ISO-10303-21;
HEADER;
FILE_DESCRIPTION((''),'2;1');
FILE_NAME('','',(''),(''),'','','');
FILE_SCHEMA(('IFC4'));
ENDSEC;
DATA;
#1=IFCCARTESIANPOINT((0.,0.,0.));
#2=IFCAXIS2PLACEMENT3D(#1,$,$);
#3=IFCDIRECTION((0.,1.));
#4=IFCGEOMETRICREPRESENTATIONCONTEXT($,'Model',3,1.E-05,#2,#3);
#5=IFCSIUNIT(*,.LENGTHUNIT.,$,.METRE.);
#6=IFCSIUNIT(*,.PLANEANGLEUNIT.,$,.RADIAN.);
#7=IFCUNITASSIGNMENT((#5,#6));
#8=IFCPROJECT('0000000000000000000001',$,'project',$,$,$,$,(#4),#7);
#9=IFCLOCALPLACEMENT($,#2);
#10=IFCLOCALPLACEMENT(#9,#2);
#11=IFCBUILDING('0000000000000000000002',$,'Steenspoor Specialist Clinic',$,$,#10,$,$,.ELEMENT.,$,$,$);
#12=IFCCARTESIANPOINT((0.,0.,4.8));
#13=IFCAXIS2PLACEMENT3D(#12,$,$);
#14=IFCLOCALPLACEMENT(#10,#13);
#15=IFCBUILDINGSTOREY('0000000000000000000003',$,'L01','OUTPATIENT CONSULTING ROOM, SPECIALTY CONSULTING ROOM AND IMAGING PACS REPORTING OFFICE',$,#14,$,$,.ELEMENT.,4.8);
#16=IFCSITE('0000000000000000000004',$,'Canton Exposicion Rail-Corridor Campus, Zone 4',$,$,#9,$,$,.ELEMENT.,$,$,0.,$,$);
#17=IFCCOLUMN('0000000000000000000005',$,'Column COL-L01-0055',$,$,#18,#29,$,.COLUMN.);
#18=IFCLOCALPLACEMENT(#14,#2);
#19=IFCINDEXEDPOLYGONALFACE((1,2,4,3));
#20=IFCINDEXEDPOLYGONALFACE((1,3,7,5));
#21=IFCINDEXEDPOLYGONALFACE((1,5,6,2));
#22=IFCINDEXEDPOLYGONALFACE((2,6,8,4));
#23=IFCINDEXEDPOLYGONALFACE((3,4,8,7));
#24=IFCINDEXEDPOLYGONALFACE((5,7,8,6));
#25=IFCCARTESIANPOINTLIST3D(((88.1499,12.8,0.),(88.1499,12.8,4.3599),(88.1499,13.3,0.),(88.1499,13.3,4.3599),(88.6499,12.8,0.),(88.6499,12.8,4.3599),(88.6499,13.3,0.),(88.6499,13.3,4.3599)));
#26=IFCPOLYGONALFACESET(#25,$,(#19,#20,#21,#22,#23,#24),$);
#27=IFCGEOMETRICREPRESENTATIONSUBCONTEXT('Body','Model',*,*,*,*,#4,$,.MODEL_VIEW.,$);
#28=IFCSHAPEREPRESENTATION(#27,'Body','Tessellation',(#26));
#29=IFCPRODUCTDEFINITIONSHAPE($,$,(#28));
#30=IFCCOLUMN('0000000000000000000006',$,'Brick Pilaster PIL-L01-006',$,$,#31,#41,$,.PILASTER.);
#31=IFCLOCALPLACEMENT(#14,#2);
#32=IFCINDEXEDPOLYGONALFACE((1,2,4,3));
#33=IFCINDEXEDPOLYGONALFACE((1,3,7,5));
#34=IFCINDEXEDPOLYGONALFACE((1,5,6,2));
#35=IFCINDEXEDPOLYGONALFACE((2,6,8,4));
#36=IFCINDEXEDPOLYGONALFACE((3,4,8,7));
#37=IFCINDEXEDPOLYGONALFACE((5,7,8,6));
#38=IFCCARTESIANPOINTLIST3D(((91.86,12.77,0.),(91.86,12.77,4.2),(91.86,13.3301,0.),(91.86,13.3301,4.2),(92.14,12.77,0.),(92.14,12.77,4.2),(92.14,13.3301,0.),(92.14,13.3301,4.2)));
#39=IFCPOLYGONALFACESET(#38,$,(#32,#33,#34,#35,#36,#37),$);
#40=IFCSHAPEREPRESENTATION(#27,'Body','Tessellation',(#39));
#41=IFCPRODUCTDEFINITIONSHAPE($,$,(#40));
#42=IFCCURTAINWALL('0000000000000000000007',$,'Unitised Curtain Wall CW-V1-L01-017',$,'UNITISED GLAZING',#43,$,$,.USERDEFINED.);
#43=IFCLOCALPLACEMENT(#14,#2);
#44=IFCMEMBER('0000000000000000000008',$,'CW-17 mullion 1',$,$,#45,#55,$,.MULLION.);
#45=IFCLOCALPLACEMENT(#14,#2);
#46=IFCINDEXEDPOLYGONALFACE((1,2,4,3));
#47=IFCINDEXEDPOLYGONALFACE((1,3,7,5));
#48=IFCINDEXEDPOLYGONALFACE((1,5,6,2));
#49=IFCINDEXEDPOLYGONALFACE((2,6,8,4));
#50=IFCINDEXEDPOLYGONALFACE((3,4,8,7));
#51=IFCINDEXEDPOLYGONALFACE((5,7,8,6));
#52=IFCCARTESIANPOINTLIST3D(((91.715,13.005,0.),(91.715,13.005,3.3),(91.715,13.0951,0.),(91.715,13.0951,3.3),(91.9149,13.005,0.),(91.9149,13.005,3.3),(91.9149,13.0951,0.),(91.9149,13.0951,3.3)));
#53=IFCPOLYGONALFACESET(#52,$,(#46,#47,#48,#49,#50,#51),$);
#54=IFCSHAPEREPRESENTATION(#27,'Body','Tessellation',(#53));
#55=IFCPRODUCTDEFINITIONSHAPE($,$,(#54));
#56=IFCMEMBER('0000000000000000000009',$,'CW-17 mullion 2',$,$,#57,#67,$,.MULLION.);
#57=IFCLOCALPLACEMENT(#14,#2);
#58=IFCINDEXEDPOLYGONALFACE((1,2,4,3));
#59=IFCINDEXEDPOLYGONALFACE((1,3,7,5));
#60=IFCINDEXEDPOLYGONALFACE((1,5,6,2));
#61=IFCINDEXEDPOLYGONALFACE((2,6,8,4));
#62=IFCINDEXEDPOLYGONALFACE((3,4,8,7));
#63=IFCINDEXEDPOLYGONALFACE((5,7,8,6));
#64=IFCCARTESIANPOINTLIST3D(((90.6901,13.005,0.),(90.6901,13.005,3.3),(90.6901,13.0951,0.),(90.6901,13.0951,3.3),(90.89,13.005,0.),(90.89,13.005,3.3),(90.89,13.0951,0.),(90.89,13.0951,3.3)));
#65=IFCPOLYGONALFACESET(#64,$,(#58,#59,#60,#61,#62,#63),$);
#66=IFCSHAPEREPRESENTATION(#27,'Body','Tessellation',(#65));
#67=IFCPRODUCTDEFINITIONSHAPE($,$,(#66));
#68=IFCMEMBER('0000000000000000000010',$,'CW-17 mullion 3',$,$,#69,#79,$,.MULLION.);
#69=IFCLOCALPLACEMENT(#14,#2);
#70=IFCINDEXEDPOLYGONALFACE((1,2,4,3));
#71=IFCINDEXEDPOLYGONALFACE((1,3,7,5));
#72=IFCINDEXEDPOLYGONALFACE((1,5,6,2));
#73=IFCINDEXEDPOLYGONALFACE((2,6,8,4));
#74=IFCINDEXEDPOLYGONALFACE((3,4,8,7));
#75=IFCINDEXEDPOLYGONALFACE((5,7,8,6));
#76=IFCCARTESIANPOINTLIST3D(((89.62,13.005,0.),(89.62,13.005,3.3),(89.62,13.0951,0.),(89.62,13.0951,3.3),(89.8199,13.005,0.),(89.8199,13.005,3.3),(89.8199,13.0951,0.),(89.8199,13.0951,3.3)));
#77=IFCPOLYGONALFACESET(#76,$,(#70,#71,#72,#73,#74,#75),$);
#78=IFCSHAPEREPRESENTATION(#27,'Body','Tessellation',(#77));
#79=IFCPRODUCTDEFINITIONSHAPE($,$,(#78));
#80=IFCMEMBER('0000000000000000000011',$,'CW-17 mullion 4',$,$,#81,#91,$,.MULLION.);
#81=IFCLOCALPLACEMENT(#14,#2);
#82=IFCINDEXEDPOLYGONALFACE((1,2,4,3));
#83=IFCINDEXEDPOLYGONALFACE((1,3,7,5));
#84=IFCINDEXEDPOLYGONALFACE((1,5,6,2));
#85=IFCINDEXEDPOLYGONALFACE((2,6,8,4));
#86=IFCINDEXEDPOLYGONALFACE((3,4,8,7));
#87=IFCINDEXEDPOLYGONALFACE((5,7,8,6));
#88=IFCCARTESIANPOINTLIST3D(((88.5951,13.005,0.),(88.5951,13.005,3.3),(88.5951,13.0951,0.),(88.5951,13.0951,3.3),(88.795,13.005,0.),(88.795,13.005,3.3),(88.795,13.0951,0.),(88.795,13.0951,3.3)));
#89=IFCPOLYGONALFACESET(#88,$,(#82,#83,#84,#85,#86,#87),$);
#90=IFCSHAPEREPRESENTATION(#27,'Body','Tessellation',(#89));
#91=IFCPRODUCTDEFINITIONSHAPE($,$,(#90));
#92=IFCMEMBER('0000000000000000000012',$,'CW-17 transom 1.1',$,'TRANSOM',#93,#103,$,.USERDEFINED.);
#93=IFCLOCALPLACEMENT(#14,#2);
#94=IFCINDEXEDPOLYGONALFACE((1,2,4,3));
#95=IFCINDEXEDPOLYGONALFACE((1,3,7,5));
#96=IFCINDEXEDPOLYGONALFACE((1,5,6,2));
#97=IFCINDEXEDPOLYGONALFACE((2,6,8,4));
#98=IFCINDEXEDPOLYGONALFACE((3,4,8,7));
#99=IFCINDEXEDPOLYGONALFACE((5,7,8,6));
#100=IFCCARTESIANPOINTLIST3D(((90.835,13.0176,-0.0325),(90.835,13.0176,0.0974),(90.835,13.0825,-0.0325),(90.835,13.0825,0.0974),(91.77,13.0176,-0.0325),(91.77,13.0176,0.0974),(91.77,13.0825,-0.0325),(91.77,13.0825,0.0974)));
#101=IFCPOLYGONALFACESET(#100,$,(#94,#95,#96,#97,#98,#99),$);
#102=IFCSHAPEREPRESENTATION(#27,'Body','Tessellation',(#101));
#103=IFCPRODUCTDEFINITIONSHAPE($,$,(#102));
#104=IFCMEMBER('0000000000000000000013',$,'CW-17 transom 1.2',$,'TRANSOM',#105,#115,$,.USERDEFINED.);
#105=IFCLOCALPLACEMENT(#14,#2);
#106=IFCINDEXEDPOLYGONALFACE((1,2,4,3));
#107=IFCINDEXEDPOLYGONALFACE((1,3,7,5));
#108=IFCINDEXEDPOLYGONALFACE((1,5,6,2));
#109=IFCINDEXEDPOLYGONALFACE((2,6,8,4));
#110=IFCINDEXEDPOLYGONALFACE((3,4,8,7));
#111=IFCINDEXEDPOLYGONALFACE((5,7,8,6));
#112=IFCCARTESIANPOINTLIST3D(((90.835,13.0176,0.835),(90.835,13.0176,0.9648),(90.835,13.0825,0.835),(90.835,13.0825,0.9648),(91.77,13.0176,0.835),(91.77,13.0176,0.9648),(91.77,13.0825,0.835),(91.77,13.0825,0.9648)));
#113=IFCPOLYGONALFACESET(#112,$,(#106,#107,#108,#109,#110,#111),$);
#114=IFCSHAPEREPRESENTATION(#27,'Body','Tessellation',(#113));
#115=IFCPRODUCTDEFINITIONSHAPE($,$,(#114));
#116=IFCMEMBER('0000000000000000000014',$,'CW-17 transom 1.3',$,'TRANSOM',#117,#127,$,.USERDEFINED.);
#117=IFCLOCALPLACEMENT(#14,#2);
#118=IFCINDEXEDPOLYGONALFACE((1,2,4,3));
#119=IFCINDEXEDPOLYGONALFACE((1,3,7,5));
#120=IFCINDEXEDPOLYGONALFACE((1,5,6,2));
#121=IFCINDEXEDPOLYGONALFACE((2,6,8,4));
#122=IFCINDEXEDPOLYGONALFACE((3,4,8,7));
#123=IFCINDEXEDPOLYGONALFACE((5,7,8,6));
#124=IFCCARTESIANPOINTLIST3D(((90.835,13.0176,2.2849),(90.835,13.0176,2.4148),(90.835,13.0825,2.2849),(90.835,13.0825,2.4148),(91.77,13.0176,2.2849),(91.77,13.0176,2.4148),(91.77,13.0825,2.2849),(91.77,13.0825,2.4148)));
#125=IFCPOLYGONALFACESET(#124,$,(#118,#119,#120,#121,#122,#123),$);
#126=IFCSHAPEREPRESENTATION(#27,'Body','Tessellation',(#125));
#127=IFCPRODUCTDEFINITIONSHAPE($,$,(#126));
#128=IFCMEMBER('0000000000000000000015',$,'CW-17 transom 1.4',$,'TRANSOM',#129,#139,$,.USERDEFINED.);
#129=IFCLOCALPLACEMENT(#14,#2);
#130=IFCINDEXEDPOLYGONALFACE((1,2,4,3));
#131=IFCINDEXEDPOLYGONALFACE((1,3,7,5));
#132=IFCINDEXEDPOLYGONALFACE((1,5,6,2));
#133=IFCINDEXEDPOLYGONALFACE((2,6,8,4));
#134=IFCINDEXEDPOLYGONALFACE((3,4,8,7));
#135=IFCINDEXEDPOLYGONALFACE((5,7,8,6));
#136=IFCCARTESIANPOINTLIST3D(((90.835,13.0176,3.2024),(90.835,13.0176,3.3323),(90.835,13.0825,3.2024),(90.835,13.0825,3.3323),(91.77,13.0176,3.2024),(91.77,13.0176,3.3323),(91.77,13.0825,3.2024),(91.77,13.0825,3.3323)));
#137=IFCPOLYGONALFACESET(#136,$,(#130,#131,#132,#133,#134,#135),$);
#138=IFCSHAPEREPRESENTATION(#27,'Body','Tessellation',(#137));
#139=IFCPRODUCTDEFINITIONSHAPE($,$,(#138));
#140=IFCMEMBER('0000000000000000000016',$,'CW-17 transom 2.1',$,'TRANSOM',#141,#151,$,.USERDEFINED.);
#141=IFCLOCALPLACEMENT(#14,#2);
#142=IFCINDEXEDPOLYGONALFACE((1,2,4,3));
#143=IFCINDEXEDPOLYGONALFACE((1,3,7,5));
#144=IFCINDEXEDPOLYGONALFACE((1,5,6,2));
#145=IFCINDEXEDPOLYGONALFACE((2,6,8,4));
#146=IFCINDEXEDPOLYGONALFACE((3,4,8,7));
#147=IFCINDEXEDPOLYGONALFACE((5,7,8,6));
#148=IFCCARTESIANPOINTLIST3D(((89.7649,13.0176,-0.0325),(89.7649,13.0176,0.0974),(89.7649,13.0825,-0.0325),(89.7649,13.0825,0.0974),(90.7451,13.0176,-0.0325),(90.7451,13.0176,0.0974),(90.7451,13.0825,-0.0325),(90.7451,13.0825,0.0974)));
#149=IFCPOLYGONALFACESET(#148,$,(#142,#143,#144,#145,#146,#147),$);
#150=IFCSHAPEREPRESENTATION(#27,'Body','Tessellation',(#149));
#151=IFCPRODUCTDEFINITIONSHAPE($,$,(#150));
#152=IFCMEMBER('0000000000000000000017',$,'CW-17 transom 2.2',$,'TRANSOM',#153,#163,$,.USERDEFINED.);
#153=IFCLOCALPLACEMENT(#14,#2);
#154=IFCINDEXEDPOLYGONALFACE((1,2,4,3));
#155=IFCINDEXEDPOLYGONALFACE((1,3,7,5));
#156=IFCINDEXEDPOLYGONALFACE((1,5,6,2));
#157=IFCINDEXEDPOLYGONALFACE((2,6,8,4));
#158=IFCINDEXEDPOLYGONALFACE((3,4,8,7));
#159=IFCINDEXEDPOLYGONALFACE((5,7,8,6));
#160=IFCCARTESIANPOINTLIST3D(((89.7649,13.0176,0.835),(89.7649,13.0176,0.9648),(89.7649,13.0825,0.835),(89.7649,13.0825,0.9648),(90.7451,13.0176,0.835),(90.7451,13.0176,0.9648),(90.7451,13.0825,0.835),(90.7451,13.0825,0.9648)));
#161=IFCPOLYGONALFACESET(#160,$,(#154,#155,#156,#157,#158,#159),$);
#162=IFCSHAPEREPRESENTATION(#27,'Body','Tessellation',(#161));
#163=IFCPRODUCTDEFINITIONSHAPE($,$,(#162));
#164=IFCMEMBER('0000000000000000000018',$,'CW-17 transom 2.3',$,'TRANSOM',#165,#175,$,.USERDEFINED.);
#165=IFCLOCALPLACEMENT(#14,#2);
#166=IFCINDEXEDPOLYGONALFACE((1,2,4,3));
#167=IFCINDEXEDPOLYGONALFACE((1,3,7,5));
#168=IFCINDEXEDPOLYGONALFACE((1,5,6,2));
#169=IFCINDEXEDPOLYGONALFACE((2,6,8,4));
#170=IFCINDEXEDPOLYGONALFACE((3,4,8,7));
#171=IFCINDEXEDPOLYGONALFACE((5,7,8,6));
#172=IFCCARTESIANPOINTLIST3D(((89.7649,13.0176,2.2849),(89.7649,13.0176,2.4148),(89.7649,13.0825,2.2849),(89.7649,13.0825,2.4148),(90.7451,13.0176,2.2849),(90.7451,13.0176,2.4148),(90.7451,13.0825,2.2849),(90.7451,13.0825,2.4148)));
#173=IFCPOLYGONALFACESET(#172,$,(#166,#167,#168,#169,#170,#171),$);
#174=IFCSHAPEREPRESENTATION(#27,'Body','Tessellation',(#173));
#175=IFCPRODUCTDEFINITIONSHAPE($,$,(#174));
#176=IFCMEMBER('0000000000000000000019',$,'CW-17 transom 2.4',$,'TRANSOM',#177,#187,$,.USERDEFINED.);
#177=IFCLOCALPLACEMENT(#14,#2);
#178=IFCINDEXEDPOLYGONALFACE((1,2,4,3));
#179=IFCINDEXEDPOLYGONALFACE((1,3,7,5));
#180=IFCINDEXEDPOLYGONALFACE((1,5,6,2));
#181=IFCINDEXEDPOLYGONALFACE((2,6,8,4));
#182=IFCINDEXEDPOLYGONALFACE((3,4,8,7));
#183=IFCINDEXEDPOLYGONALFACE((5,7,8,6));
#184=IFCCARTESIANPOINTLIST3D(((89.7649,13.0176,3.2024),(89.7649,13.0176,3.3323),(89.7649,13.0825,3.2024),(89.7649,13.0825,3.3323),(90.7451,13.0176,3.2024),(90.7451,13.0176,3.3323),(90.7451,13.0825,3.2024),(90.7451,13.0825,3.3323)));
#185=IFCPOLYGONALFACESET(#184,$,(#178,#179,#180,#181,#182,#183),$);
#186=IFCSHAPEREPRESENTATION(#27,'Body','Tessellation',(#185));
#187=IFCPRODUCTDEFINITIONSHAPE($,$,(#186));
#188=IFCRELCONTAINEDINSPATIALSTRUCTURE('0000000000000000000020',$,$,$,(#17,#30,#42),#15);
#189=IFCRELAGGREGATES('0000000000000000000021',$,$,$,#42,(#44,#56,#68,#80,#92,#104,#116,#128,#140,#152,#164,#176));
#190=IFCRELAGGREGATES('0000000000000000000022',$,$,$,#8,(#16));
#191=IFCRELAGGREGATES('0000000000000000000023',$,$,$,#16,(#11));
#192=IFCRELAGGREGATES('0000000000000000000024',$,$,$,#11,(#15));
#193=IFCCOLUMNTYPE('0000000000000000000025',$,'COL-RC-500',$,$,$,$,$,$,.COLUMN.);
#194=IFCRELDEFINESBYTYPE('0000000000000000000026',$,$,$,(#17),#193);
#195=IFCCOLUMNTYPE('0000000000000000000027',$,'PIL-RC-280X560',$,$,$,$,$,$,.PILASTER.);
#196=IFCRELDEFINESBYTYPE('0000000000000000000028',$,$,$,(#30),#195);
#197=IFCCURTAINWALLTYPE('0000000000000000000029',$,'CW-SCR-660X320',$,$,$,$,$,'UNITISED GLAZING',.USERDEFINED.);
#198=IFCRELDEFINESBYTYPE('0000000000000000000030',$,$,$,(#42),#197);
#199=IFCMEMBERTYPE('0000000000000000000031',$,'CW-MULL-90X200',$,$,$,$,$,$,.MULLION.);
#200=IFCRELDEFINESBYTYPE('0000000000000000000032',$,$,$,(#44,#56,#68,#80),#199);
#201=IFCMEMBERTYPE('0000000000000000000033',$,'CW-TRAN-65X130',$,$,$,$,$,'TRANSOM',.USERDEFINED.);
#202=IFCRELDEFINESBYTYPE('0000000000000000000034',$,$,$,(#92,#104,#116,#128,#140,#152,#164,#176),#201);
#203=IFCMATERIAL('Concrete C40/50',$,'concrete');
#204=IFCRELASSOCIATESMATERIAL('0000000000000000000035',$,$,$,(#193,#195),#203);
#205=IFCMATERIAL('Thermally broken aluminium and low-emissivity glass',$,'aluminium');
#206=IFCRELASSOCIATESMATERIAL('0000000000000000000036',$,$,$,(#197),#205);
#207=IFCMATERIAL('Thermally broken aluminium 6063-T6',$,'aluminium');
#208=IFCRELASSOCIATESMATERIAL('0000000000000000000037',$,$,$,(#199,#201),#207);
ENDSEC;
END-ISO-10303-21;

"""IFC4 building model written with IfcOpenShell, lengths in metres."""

from ifc_helpers import new_model, si_unit, direction, frame, origin, origin_2d, place, context, subcontext, project, spatial, rectangle, extrude, material, material_profile, profile_set, type_object, element, aggregate, save


model = new_model("IFC4")

# Units and contexts
model_context = context("Model", 3, precision=1e-05, world=origin(), true_north=direction((0.0, 1.0)))
body_context = subcontext(model_context, "Body", "Model", "MODEL_VIEW")
ifc_project = project(units=[si_unit("LENGTHUNIT", "METRE"), si_unit("PLANEANGLEUNIT", "RADIAN")], contexts=[model_context])

# Site, building, storey
site_placement = place(None, origin())
site = spatial("IfcSite", under=ifc_project, at=site_placement, Name="Canton Exposicion Rail-Corridor Campus, Zone 4", CompositionType="ELEMENT", RefElevation=0.0)
building_placement = place(site_placement, origin())
building = spatial("IfcBuilding", under=site, at=building_placement, Name="Steenspoor Specialist Clinic", CompositionType="ELEMENT")
storey_placement = place(building_placement, frame((0.0, 0.0, 4.8)))
storey = spatial("IfcBuildingStorey", under=building, at=storey_placement, Name="L01", Description="OUTPATIENT CONSULTING ROOM, SPECIALTY CONSULTING ROOM AND IMAGING PACS REPORTING OFFICE", CompositionType="ELEMENT", Elevation=4.8)

# Columns
ifc_material_1 = material(Name="Concrete C40/50", Category="concrete")
ifc_material_profile_1 = material_profile(ifc_material_1, rectangle(XDim=0.5, YDim=0.5, at=origin_2d()), Name="RC-COL-500X500")
ifc_profile_set_1 = profile_set([ifc_material_profile_1], Name="Concrete C40/50")
column_type_1 = type_object("IfcColumnType", Name="COL-RC-500", PredefinedType="COLUMN", material=ifc_profile_set_1)
column_1_placement = place(storey_placement, frame((88.3999, 13.05, 0.0), z_axis=(0.0, 0.0, 1.0), x_axis=(1.0, 0.0, 0.0)))
element("IfcColumn", 1, at=column_1_placement, inside=storey, type_object=column_type_1, Name="Column COL-L01-0055", PredefinedType="COLUMN", context=body_context, shape_type="SweptSolid", body=[
    extrude(rectangle(XDim=0.5, YDim=0.5, at=origin_2d()), origin(), (0.0, 0.0, 1.0), 4.3599),
])
ifc_material_profile_2 = material_profile(ifc_material_1, rectangle(XDim=0.28, YDim=0.5601, at=origin_2d()), Name="RC-PIL-280X560")
ifc_profile_set_2 = profile_set([ifc_material_profile_2], Name="Concrete C40/50")
column_type_2 = type_object("IfcColumnType", Name="PIL-RC-280X560", PredefinedType="PILASTER", material=ifc_profile_set_2)
column_2_placement = place(storey_placement, frame((92.0, 13.05, 0.0), z_axis=(0.0, 0.0, 1.0), x_axis=(1.0, 0.0, 0.0)))
element("IfcColumn", 2, at=column_2_placement, inside=storey, type_object=column_type_2, Name="Brick Pilaster PIL-L01-006", PredefinedType="PILASTER", context=body_context, shape_type="SweptSolid", body=[
    extrude(rectangle(XDim=0.28, YDim=0.5601, at=origin_2d()), origin(), (0.0, 0.0, 1.0), 4.2),
])

# Curtain wall, members
ifc_material_2 = material(Name="Thermally broken aluminium and low-emissivity glass", Category="aluminium")
curtain_wall_type = type_object("IfcCurtainWallType", Name="CW-SCR-660X320", ElementType="UNITISED GLAZING", PredefinedType="USERDEFINED", material=ifc_material_2)
curtain_wall_placement = place(storey_placement, origin())
curtain_wall = element("IfcCurtainWall", 3, at=curtain_wall_placement, inside=storey, type_object=curtain_wall_type, Name="Unitised Curtain Wall CW-V1-L01-017", ObjectType="UNITISED GLAZING", PredefinedType="USERDEFINED")
ifc_material_3 = material(Name="Thermally broken aluminium 6063-T6", Category="aluminium")
ifc_material_profile_3 = material_profile(ifc_material_3, rectangle(XDim=0.0901, YDim=0.2, at=origin_2d()), Name="CWM-90X200")
ifc_profile_set_3 = profile_set([ifc_material_profile_3], Name="Thermally broken aluminium 6063-T6")
member_type_1 = type_object("IfcMemberType", Name="CW-MULL-90X200", PredefinedType="MULLION", material=ifc_profile_set_3)
member_1_placement = place(storey_placement, frame((91.8149, 13.05, 0.0), z_axis=(0.0, 0.0, 1.0), x_axis=(0.0, -1.0, 0.0)))
member_1 = element("IfcMember", 4, at=member_1_placement, type_object=member_type_1, Name="CW-17 mullion 1", PredefinedType="MULLION", context=body_context, shape_type="SweptSolid", body=[
    extrude(rectangle(XDim=0.0901, YDim=0.2, at=origin_2d()), origin(), (0.0, 0.0, 1.0), 3.3),
])
member_2_placement = place(storey_placement, frame((90.79, 13.05, 0.0), z_axis=(0.0, 0.0, 1.0), x_axis=(0.0, -1.0, 0.0)))
member_2 = element("IfcMember", 5, at=member_2_placement, type_object=member_type_1, Name="CW-17 mullion 2", PredefinedType="MULLION", context=body_context, shape_type="SweptSolid", body=[
    extrude(rectangle(XDim=0.0901, YDim=0.2, at=origin_2d()), origin(), (0.0, 0.0, 1.0), 3.3),
])
member_3_placement = place(storey_placement, frame((89.72, 13.05, 0.0), z_axis=(0.0, 0.0, 1.0), x_axis=(0.0, -1.0, 0.0)))
member_3 = element("IfcMember", 6, at=member_3_placement, type_object=member_type_1, Name="CW-17 mullion 3", PredefinedType="MULLION", context=body_context, shape_type="SweptSolid", body=[
    extrude(rectangle(XDim=0.0901, YDim=0.2, at=origin_2d()), origin(), (0.0, 0.0, 1.0), 3.3),
])
member_4_placement = place(storey_placement, frame((88.6951, 13.05, 0.0), z_axis=(0.0, 0.0, 1.0), x_axis=(0.0, -1.0, 0.0)))
member_4 = element("IfcMember", 7, at=member_4_placement, type_object=member_type_1, Name="CW-17 mullion 4", PredefinedType="MULLION", context=body_context, shape_type="SweptSolid", body=[
    extrude(rectangle(XDim=0.0901, YDim=0.2, at=origin_2d()), origin(), (0.0, 0.0, 1.0), 3.3),
])
ifc_material_profile_4 = material_profile(ifc_material_3, rectangle(XDim=0.0649, YDim=0.1299, at=origin_2d()), Name="CWT-65X130")
ifc_profile_set_4 = profile_set([ifc_material_profile_4], Name="Thermally broken aluminium 6063-T6")
member_type_2 = type_object("IfcMemberType", Name="CW-TRAN-65X130", ElementType="TRANSOM", PredefinedType="USERDEFINED", material=ifc_profile_set_4)
member_5_placement = place(storey_placement, frame((91.77, 13.05, 0.0325), z_axis=(-1.0, 0.0, 0.0), x_axis=(0.0, -1.0, 0.0)))
member_5 = element("IfcMember", 8, at=member_5_placement, type_object=member_type_2, Name="CW-17 transom 1.1", ObjectType="TRANSOM", PredefinedType="USERDEFINED", context=body_context, shape_type="SweptSolid", body=[
    extrude(rectangle(XDim=0.0649, YDim=0.1299, at=origin_2d()), origin(), (0.0, 0.0, 1.0), 0.9351),
])
member_6_placement = place(storey_placement, frame((91.77, 13.05, 0.8999), z_axis=(-1.0, 0.0, 0.0), x_axis=(0.0, -1.0, 0.0)))
member_6 = element("IfcMember", 9, at=member_6_placement, type_object=member_type_2, Name="CW-17 transom 1.2", ObjectType="TRANSOM", PredefinedType="USERDEFINED", context=body_context, shape_type="SweptSolid", body=[
    extrude(rectangle(XDim=0.0649, YDim=0.1299, at=origin_2d()), origin(), (0.0, 0.0, 1.0), 0.9351),
])
member_7_placement = place(storey_placement, frame((91.77, 13.05, 2.3499), z_axis=(-1.0, 0.0, 0.0), x_axis=(0.0, -1.0, 0.0)))
member_7 = element("IfcMember", 10, at=member_7_placement, type_object=member_type_2, Name="CW-17 transom 1.3", ObjectType="TRANSOM", PredefinedType="USERDEFINED", context=body_context, shape_type="SweptSolid", body=[
    extrude(rectangle(XDim=0.0649, YDim=0.1299, at=origin_2d()), origin(), (0.0, 0.0, 1.0), 0.9351),
])
member_8_placement = place(storey_placement, frame((91.77, 13.05, 3.2673), z_axis=(-1.0, 0.0, 0.0), x_axis=(0.0, -1.0, 0.0)))
member_8 = element("IfcMember", 11, at=member_8_placement, type_object=member_type_2, Name="CW-17 transom 1.4", ObjectType="TRANSOM", PredefinedType="USERDEFINED", context=body_context, shape_type="SweptSolid", body=[
    extrude(rectangle(XDim=0.0649, YDim=0.1299, at=origin_2d()), origin(), (0.0, 0.0, 1.0), 0.9351),
])
member_9_placement = place(storey_placement, frame((90.7451, 13.05, 0.0325), z_axis=(-1.0, 0.0, 0.0), x_axis=(0.0, -1.0, 0.0)))
member_9 = element("IfcMember", 12, at=member_9_placement, type_object=member_type_2, Name="CW-17 transom 2.1", ObjectType="TRANSOM", PredefinedType="USERDEFINED", context=body_context, shape_type="SweptSolid", body=[
    extrude(rectangle(XDim=0.0649, YDim=0.1299, at=origin_2d()), origin(), (0.0, 0.0, 1.0), 0.9802),
])
member_10_placement = place(storey_placement, frame((90.7451, 13.05, 0.8999), z_axis=(-1.0, 0.0, 0.0), x_axis=(0.0, -1.0, 0.0)))
member_10 = element("IfcMember", 13, at=member_10_placement, type_object=member_type_2, Name="CW-17 transom 2.2", ObjectType="TRANSOM", PredefinedType="USERDEFINED", context=body_context, shape_type="SweptSolid", body=[
    extrude(rectangle(XDim=0.0649, YDim=0.1299, at=origin_2d()), origin(), (0.0, 0.0, 1.0), 0.9802),
])
member_11_placement = place(storey_placement, frame((90.7451, 13.05, 2.3499), z_axis=(-1.0, 0.0, 0.0), x_axis=(0.0, -1.0, 0.0)))
member_11 = element("IfcMember", 14, at=member_11_placement, type_object=member_type_2, Name="CW-17 transom 2.3", ObjectType="TRANSOM", PredefinedType="USERDEFINED", context=body_context, shape_type="SweptSolid", body=[
    extrude(rectangle(XDim=0.0649, YDim=0.1299, at=origin_2d()), origin(), (0.0, 0.0, 1.0), 0.9802),
])
member_12_placement = place(storey_placement, frame((90.7451, 13.05, 3.2673), z_axis=(-1.0, 0.0, 0.0), x_axis=(0.0, -1.0, 0.0)))
member_12 = element("IfcMember", 15, at=member_12_placement, type_object=member_type_2, Name="CW-17 transom 2.4", ObjectType="TRANSOM", PredefinedType="USERDEFINED", context=body_context, shape_type="SweptSolid", body=[
    extrude(rectangle(XDim=0.0649, YDim=0.1299, at=origin_2d()), origin(), (0.0, 0.0, 1.0), 0.9802),
])

aggregate(curtain_wall, [member_1, member_2, member_3, member_4, member_5, member_6, member_7, member_8, member_9, member_10, member_11, member_12])

save(model, "model.ifc")
